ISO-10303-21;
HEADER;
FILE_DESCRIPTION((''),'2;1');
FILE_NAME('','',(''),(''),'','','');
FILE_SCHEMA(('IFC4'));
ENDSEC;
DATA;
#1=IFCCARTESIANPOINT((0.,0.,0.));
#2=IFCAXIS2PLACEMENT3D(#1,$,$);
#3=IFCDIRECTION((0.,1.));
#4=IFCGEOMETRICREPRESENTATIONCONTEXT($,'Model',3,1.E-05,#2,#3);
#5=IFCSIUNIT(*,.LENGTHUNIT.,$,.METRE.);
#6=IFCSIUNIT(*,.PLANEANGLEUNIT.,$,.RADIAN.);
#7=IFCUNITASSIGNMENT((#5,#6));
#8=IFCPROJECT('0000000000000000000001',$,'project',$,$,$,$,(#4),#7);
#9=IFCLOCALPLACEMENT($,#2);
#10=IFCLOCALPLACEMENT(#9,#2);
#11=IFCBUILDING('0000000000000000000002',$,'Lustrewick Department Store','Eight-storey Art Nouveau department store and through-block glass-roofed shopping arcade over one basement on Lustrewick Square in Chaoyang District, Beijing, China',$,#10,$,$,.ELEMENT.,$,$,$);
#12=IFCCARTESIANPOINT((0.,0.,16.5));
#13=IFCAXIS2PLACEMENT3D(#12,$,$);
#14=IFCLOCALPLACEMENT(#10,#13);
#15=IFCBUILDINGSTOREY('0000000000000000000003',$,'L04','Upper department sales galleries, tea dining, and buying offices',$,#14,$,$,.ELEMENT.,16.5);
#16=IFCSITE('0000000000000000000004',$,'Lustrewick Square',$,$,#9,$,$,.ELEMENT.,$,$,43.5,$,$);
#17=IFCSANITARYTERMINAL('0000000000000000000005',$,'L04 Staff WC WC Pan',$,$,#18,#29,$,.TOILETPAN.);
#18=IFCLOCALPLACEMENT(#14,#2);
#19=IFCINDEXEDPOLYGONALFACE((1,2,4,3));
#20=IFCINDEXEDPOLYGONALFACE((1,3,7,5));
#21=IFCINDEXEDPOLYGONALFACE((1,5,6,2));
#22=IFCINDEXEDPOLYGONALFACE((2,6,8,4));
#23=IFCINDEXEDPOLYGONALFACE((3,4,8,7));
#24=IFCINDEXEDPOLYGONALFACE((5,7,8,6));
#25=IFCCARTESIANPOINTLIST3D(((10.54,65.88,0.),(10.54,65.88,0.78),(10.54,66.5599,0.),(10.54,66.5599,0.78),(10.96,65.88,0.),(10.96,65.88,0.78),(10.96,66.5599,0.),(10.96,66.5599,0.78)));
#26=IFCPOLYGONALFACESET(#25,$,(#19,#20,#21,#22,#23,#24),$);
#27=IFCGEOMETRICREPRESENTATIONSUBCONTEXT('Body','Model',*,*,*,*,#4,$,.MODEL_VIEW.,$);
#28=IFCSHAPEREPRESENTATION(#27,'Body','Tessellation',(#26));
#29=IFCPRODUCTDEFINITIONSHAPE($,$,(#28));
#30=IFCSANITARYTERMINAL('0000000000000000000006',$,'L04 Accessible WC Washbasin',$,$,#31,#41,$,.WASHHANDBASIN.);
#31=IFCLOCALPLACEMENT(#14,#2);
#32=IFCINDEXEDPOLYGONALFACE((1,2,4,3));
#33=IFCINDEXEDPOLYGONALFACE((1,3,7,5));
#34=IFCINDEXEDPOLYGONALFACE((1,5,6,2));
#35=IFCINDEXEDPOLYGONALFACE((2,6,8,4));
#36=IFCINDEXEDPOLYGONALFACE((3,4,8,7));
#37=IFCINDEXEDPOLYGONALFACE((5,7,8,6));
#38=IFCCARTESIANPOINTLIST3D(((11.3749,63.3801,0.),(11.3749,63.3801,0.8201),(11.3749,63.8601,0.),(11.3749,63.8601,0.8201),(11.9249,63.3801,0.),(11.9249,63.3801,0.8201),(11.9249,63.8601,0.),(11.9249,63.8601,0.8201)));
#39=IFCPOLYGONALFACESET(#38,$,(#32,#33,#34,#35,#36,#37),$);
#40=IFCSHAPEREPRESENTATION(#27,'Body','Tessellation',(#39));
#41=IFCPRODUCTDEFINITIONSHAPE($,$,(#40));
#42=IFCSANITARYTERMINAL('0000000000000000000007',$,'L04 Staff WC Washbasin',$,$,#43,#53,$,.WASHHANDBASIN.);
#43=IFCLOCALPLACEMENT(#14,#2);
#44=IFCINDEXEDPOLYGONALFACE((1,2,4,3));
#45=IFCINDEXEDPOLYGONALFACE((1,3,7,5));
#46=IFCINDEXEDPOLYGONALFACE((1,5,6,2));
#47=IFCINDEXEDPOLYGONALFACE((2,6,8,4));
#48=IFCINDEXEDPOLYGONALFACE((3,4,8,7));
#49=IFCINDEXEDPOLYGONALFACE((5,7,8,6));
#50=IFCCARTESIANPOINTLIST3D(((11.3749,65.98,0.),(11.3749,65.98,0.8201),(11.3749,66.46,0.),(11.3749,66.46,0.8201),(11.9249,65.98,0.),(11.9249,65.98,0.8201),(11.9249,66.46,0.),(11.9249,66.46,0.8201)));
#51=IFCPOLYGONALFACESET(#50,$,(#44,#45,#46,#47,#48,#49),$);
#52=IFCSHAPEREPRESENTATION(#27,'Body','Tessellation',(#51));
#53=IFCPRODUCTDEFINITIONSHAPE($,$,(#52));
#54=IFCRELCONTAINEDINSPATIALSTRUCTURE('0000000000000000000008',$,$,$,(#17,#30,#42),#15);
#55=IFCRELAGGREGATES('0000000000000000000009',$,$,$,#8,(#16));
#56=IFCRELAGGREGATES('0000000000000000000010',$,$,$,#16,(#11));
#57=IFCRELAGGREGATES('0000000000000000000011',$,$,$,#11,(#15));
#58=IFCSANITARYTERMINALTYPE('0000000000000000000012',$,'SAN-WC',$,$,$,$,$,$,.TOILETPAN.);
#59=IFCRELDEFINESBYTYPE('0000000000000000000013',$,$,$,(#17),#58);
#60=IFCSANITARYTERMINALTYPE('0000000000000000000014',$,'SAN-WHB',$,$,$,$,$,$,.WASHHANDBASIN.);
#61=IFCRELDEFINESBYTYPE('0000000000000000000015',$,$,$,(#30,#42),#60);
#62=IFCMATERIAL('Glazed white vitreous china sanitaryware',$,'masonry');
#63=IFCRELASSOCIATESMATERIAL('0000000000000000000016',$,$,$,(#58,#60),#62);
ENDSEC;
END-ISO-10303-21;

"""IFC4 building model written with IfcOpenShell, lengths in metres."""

from ifc_helpers import new_model, si_unit, direction, frame, origin, origin_2d, place, context, subcontext, project, spatial, rectangle, extrude, material, type_object, element, save


model = new_model("IFC4")

# Units and contexts
model_context = context("Model", 3, precision=1e-05, world=origin(), true_north=direction((0.0, 1.0)))
body_context = subcontext(model_context, "Body", "Model", "MODEL_VIEW")
ifc_project = project(units=[si_unit("LENGTHUNIT", "METRE"), si_unit("PLANEANGLEUNIT", "RADIAN")], contexts=[model_context])

# Site, building, storey
site_placement = place(None, origin())
site = spatial("IfcSite", under=ifc_project, at=site_placement, Name="Lustrewick Square", CompositionType="ELEMENT", RefElevation=43.5)
building_placement = place(site_placement, origin())
building = spatial("IfcBuilding", under=site, at=building_placement, Name="Lustrewick Department Store", Description="Eight-storey Art Nouveau department store and through-block glass-roofed shopping arcade over one basement on Lustrewick Square in Chaoyang District, Beijing, China", CompositionType="ELEMENT")
storey_placement = place(building_placement, frame((0.0, 0.0, 16.5)))
storey = spatial("IfcBuildingStorey", under=building, at=storey_placement, Name="L04", Description="Upper department sales galleries, tea dining, and buying offices", CompositionType="ELEMENT", Elevation=16.5)

# Sanitary terminals
ifc_material_1 = material(Name="Glazed white vitreous china sanitaryware", Category="masonry")
sanitary_terminal_type_1 = type_object("IfcSanitaryTerminalType", Name="SAN-WC", PredefinedType="TOILETPAN", material=ifc_material_1)
for number, where, z_axis, x_axis, name in (
    (1, (10.75, 66.22, 0.0), (0.0, 0.0, 1.0), (1.0, 0.0, 0.0), "L04 Staff WC WC Pan"),
):
    element("IfcSanitaryTerminal", number, at=place(storey_placement, frame(where, z_axis=z_axis, x_axis=x_axis)), inside=storey, type_object=sanitary_terminal_type_1, Name=name, PredefinedType="TOILETPAN", context=body_context, shape_type="SweptSolid", body=[
        extrude(rectangle(XDim=0.4199, YDim=0.6799, at=origin_2d()), origin(), (0.0, 0.0, 1.0), 0.78),
    ])
sanitary_terminal_type_2 = type_object("IfcSanitaryTerminalType", Name="SAN-WHB", PredefinedType="WASHHANDBASIN", material=ifc_material_1)
for number, where, z_axis, x_axis, name in (
    (2, (11.6499, 63.6201, 0.0), (0.0, 0.0, 1.0), (1.0, 0.0, 0.0), "L04 Accessible WC Washbasin"),
    (3, (11.6499, 66.22, 0.0), (0.0, 0.0, 1.0), (1.0, 0.0, 0.0), "L04 Staff WC Washbasin"),
):
    element("IfcSanitaryTerminal", number, at=place(storey_placement, frame(where, z_axis=z_axis, x_axis=x_axis)), inside=storey, type_object=sanitary_terminal_type_2, Name=name, PredefinedType="WASHHANDBASIN", context=body_context, shape_type="SweptSolid", body=[
        extrude(rectangle(XDim=0.55, YDim=0.48, at=origin_2d()), origin(), (0.0, 0.0, 1.0), 0.8201),
    ])

save(model, "model.ifc")
